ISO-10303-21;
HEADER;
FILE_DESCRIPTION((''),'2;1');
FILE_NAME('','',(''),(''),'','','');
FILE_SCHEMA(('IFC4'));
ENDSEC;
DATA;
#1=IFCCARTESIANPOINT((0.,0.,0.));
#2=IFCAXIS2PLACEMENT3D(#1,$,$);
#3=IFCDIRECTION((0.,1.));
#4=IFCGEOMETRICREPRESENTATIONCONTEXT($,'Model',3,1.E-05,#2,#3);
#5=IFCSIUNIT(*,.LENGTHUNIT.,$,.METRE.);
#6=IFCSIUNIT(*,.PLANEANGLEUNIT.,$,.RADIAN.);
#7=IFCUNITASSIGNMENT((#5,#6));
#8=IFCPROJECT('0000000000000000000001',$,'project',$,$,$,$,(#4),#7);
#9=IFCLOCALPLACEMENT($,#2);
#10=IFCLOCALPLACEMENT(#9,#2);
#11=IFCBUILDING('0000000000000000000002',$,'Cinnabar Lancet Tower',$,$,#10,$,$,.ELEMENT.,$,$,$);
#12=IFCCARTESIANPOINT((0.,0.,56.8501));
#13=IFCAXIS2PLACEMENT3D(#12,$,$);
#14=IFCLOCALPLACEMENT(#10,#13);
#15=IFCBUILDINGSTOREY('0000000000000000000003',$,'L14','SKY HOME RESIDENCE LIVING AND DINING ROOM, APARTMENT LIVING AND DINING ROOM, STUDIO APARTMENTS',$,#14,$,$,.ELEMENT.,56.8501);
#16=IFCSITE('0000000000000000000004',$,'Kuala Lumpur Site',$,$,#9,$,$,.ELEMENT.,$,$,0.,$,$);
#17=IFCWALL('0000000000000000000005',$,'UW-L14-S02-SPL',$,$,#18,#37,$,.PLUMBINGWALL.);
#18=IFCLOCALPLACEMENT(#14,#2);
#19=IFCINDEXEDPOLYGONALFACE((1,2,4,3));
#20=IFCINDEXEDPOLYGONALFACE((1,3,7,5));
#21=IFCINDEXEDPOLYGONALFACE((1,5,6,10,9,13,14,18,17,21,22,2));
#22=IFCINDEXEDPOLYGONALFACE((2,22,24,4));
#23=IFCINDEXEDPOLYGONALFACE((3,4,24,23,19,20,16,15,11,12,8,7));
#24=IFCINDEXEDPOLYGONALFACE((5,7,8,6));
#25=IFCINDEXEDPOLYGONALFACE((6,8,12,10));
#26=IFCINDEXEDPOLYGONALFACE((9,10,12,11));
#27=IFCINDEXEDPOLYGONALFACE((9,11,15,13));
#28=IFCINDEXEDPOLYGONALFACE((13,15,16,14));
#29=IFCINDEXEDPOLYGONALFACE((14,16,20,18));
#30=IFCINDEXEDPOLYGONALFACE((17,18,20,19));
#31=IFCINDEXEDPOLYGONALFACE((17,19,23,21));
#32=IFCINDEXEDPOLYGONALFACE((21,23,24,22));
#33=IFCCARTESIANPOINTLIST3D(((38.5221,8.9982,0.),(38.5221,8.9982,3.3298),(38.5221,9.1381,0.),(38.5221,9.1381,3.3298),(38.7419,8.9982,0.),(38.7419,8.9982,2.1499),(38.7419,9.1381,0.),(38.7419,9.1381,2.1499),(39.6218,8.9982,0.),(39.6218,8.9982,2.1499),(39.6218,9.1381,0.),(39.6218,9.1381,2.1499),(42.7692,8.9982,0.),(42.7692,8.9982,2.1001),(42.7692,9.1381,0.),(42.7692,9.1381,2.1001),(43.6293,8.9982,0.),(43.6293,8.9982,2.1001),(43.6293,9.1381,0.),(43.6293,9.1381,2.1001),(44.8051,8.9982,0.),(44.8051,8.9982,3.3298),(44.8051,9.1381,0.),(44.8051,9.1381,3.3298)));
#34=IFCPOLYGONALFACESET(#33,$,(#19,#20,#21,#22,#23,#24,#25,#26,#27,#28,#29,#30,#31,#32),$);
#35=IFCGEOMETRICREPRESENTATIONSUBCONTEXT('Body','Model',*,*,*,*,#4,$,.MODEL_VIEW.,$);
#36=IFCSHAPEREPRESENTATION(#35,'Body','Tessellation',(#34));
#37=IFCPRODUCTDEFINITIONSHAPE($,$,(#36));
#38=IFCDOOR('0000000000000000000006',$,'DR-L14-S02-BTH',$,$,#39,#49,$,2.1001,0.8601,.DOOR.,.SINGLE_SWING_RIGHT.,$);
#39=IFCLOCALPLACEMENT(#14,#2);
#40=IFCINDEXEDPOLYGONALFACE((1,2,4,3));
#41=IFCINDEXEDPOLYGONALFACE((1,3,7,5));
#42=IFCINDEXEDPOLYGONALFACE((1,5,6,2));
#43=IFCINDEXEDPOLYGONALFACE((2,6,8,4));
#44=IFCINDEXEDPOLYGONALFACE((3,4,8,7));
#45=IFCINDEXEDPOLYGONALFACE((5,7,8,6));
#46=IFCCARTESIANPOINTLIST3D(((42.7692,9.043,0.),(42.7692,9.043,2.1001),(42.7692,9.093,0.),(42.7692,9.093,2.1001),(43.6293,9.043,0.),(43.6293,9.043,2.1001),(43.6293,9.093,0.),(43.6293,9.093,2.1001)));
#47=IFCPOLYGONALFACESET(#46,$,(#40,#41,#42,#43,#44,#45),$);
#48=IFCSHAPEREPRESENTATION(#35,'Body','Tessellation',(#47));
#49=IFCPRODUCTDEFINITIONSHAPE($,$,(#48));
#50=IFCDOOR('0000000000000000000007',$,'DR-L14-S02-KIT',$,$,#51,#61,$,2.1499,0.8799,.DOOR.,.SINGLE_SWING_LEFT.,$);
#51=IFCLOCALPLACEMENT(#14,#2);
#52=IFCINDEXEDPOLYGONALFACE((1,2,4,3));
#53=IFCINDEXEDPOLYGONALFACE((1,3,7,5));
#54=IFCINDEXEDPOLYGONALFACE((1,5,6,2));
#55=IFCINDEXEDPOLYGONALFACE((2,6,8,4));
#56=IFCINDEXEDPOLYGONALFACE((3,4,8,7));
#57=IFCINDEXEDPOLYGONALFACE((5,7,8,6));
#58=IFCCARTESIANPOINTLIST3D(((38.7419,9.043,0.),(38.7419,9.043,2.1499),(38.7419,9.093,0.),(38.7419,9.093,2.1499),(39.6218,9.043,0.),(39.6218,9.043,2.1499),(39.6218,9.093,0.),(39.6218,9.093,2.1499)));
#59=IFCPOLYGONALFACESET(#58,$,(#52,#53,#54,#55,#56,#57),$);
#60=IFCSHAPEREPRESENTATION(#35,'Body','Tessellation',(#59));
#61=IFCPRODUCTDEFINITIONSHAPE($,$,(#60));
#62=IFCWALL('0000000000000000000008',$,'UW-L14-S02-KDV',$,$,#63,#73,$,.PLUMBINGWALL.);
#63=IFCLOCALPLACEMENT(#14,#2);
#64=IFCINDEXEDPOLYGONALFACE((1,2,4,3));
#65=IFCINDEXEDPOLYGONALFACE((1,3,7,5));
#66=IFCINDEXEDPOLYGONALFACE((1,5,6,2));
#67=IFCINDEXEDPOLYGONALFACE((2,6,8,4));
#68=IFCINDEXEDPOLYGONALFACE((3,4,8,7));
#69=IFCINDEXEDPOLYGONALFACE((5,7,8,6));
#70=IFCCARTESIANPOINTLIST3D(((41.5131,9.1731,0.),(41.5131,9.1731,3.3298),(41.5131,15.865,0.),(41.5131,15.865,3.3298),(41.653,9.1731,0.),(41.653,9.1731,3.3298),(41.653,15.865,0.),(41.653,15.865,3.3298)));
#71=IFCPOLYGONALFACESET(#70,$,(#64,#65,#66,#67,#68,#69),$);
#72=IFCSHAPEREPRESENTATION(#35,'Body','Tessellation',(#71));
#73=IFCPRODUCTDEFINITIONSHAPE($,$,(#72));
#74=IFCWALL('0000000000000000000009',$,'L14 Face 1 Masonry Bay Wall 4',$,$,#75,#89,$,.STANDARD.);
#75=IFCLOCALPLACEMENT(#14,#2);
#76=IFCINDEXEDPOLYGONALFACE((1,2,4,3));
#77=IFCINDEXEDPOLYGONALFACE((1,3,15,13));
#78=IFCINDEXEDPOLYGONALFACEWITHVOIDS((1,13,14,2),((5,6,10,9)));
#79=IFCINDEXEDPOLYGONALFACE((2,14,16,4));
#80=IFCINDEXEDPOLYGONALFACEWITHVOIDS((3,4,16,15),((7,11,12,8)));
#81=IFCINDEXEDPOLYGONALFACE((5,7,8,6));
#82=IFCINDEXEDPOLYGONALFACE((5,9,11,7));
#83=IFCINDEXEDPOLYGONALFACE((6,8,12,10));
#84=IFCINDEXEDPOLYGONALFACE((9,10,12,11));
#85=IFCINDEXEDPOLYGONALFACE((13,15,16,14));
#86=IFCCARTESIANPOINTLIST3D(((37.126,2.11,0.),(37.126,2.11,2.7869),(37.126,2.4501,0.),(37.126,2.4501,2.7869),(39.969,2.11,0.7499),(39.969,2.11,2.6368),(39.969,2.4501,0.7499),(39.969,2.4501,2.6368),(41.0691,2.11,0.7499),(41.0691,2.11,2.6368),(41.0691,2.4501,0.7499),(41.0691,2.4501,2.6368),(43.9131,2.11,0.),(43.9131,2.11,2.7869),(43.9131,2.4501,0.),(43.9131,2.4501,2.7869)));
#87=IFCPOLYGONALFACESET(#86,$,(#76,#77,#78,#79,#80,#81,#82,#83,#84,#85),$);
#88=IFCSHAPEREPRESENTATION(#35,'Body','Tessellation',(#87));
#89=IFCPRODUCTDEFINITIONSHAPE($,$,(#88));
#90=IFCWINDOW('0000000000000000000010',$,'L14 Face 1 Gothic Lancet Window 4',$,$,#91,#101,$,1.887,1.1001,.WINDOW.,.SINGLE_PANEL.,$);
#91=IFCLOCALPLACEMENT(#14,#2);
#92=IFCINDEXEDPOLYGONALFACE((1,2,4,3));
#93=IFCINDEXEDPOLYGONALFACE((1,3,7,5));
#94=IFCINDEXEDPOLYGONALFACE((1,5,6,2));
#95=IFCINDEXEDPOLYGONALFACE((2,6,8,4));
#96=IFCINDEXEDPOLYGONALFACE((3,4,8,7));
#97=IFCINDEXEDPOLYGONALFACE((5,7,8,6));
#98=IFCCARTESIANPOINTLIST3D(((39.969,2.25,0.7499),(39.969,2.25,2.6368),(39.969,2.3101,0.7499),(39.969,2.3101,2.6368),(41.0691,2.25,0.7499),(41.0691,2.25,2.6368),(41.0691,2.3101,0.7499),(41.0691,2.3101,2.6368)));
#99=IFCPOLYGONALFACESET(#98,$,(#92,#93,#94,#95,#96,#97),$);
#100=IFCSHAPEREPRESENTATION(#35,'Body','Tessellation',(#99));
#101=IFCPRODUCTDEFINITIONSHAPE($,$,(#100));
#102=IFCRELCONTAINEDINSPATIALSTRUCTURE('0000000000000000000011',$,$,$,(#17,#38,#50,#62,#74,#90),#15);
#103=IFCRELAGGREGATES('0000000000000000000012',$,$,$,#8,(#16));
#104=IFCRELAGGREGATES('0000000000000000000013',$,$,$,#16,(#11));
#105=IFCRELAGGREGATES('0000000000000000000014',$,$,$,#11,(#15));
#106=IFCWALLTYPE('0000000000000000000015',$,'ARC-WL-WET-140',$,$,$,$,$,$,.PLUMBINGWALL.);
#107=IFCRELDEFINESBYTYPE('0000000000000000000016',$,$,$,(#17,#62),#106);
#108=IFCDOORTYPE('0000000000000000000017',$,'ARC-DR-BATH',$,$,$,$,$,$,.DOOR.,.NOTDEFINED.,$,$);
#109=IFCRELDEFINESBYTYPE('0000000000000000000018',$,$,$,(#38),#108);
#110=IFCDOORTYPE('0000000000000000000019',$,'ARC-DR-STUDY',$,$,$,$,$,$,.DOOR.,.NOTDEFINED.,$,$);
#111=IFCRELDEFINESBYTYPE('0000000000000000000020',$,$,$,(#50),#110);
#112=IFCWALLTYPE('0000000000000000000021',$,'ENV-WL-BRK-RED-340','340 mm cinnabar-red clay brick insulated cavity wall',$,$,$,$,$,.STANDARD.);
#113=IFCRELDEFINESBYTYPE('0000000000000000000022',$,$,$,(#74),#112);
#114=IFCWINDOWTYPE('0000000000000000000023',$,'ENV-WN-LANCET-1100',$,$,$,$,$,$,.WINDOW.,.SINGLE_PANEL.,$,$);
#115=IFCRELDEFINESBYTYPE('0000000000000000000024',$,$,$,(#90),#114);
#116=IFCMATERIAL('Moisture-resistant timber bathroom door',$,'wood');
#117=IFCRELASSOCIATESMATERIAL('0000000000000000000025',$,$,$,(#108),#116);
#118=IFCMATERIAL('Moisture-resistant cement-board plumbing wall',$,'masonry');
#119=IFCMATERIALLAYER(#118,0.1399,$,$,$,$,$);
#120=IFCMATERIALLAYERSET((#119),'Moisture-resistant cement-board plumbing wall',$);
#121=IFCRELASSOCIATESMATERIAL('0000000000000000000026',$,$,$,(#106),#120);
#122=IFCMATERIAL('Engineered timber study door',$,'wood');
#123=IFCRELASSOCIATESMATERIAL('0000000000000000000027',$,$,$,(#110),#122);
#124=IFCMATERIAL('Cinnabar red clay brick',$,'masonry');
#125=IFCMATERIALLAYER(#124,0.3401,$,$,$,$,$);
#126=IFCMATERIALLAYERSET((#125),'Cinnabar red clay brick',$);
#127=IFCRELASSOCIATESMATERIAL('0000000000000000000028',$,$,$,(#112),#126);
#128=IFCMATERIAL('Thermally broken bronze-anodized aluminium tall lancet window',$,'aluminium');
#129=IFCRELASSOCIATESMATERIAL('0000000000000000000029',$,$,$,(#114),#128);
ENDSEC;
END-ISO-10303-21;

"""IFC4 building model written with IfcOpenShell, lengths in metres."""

from ifc_helpers import new_model, si_unit, direction, frame, frame_2d, origin, place, context, subcontext, project, spatial, rectangle, extrude, material, layer, layer_set, type_object, element, fill, save


model = new_model("IFC4")

# Units and contexts
model_context = context("Model", 3, precision=1e-05, world=origin(), true_north=direction((0.0, 1.0)))
body_context = subcontext(model_context, "Body", "Model", "MODEL_VIEW")
ifc_project = project(units=[si_unit("LENGTHUNIT", "METRE"), si_unit("PLANEANGLEUNIT", "RADIAN")], contexts=[model_context])

# Site, building, storey
site_placement = place(None, origin())
site = spatial("IfcSite", under=ifc_project, at=site_placement, Name="Kuala Lumpur Site", CompositionType="ELEMENT", RefElevation=0.0)
building_placement = place(site_placement, origin())
building = spatial("IfcBuilding", under=site, at=building_placement, Name="Cinnabar Lancet Tower", CompositionType="ELEMENT")
storey_placement = place(building_placement, frame((0.0, 0.0, 56.8501)))
storey = spatial("IfcBuildingStorey", under=building, at=storey_placement, Name="L14", Description="SKY HOME RESIDENCE LIVING AND DINING ROOM, APARTMENT LIVING AND DINING ROOM, STUDIO APARTMENTS", CompositionType="ELEMENT", Elevation=56.8501)

# Shared definitions
ifc_material_1 = material(Name="Moisture-resistant timber bathroom door", Category="wood")
door_type_1 = type_object("IfcDoorType", Name="ARC-DR-BATH", OperationType="NOTDEFINED", PredefinedType="DOOR", material=ifc_material_1)

# Shared definitions
ifc_material_2 = material(Name="Moisture-resistant cement-board plumbing wall", Category="masonry")
ifc_layer_1 = layer(ifc_material_2, 0.1399)
ifc_layer_set_1 = layer_set([ifc_layer_1], Name="Moisture-resistant cement-board plumbing wall")
wall_type_1 = type_object("IfcWallType", Name="ARC-WL-WET-140", PredefinedType="PLUMBINGWALL", material=ifc_layer_set_1)

# Wall, openings, doors
wall_1_placement = place(storey_placement, frame((38.522, 9.0681, 0.0), z_axis=(0.0, 0.0, 1.0), x_axis=(1.0, 0.0, 0.0)))
wall_1 = element("IfcWall", 1, at=wall_1_placement, inside=storey, type_object=wall_type_1, Name="UW-L14-S02-SPL", PredefinedType="PLUMBINGWALL", context=body_context, shape_type="SweptSolid", body=[
    extrude(rectangle(XDim=6.283, YDim=0.1399, at=frame_2d((3.1416, 0.0))), origin(), (0.0, 0.0, 1.0), 3.3298),
])
opening_1_placement = place(wall_1_placement, frame((4.2471, 0.0, 0.0)))
opening_1 = element("IfcOpeningElement", 2, at=opening_1_placement, cuts=wall_1, PredefinedType="OPENING", context=body_context, shape_type="SweptSolid", body=[
    extrude(rectangle(XDim=0.8601, YDim=2.1001, at=frame_2d((0.4302, 1.05))), frame((0.0, 0.0798, 0.0), z_axis=(0.0, -1.0, 0.0), x_axis=(1.0, 0.0, 0.0)), (0.0, 0.0, 1.0), 0.1599),
])
opening_2_placement = place(wall_1_placement, frame((0.22, 0.0, 0.0)))
opening_2 = element("IfcOpeningElement", 3, at=opening_2_placement, cuts=wall_1, PredefinedType="OPENING", context=body_context, shape_type="SweptSolid", body=[
    extrude(rectangle(XDim=0.8799, YDim=2.1499, at=frame_2d((0.4399, 1.075))), frame((0.0, 0.0798, 0.0), z_axis=(0.0, -1.0, 0.0), x_axis=(1.0, 0.0, 0.0)), (0.0, 0.0, 1.0), 0.1599),
])
door_1_placement = place(opening_1_placement, origin())
door_1 = element("IfcDoor", 4, at=door_1_placement, inside=storey, type_object=door_type_1, Name="DR-L14-S02-BTH", OperationType="SINGLE_SWING_RIGHT", OverallHeight=2.1001, OverallWidth=0.8601, PredefinedType="DOOR", context=body_context, shape_type="SweptSolid", body=[
    extrude(rectangle(XDim=0.8601, YDim=2.1001, at=frame_2d((0.4302, 1.05))), frame((0.0, 0.0249, 0.0), z_axis=(0.0, -1.0, 0.0), x_axis=(1.0, 0.0, 0.0)), (0.0, 0.0, 1.0), 0.05),
])
fill(opening_1, door_1)
ifc_material_3 = material(Name="Engineered timber study door", Category="wood")
door_type_2 = type_object("IfcDoorType", Name="ARC-DR-STUDY", OperationType="NOTDEFINED", PredefinedType="DOOR", material=ifc_material_3)
door_2_placement = place(opening_2_placement, origin())
door_2 = element("IfcDoor", 5, at=door_2_placement, inside=storey, type_object=door_type_2, Name="DR-L14-S02-KIT", OperationType="SINGLE_SWING_LEFT", OverallHeight=2.1499, OverallWidth=0.8799, PredefinedType="DOOR", context=body_context, shape_type="SweptSolid", body=[
    extrude(rectangle(XDim=0.8799, YDim=2.1499, at=frame_2d((0.4399, 1.075))), frame((0.0, 0.0249, 0.0), z_axis=(0.0, -1.0, 0.0), x_axis=(1.0, 0.0, 0.0)), (0.0, 0.0, 1.0), 0.05),
])
fill(opening_2, door_2)

# Wall
wall_2_placement = place(storey_placement, frame((41.583, 9.1731, 0.0), z_axis=(0.0, 0.0, 1.0), x_axis=(0.0, 1.0, 0.0)))
element("IfcWall", 6, at=wall_2_placement, inside=storey, type_object=wall_type_1, Name="UW-L14-S02-KDV", PredefinedType="PLUMBINGWALL", context=body_context, shape_type="SweptSolid", body=[
    extrude(rectangle(XDim=6.6919, YDim=0.1399, at=frame_2d((3.3459, 0.0))), origin(), (0.0, 0.0, 1.0), 3.3298),
])

# Wall, opening, window
ifc_material_4 = material(Name="Cinnabar red clay brick", Category="masonry")
ifc_layer_2 = layer(ifc_material_4, 0.3401)
ifc_layer_set_2 = layer_set([ifc_layer_2], Name="Cinnabar red clay brick")
wall_type_2 = type_object("IfcWallType", Name="ENV-WL-BRK-RED-340", Description="340 mm cinnabar-red clay brick insulated cavity wall", PredefinedType="STANDARD", material=ifc_layer_set_2)
wall_3_placement = place(storey_placement, frame((37.126, 2.28, 0.0), z_axis=(0.0, 0.0, 1.0), x_axis=(1.0, 0.0, 0.0)))
wall_3 = element("IfcWall", 7, at=wall_3_placement, inside=storey, type_object=wall_type_2, Name="L14 Face 1 Masonry Bay Wall 4", PredefinedType="STANDARD", context=body_context, shape_type="SweptSolid", body=[
    extrude(rectangle(XDim=6.7871, YDim=0.3401, at=frame_2d((3.3936, 0.0))), origin(), (0.0, 0.0, 1.0), 2.7869),
])
opening_3_placement = place(wall_3_placement, frame((2.843, 0.0, 0.75)))
opening_3 = element("IfcOpeningElement", 8, at=opening_3_placement, cuts=wall_3, PredefinedType="OPENING", context=body_context, shape_type="SweptSolid", body=[
    extrude(rectangle(XDim=1.1001, YDim=1.887, at=frame_2d((0.55, 0.9434))), frame((0.0, 0.1799, 0.0), z_axis=(0.0, -1.0, 0.0), x_axis=(1.0, 0.0, 0.0)), (0.0, 0.0, 1.0), 0.3601),
])
ifc_material_5 = material(Name="Thermally broken bronze-anodized aluminium tall lancet window", Category="aluminium")
window_type = type_object("IfcWindowType", Name="ENV-WN-LANCET-1100", PartitioningType="SINGLE_PANEL", PredefinedType="WINDOW", material=ifc_material_5)
window_placement = place(opening_3_placement, origin())
window = element("IfcWindow", 9, at=window_placement, inside=storey, type_object=window_type, Name="L14 Face 1 Gothic Lancet Window 4", OverallHeight=1.887, OverallWidth=1.1001, PartitioningType="SINGLE_PANEL", PredefinedType="WINDOW", context=body_context, shape_type="SweptSolid", body=[
    extrude(rectangle(XDim=1.1001, YDim=1.887, at=frame_2d((0.55, 0.9434))), frame((0.0, 0.03, 0.0), z_axis=(0.0, -1.0, 0.0), x_axis=(1.0, 0.0, 0.0)), (0.0, 0.0, 1.0), 0.0601),
])
fill(opening_3, window)

save(model, "model.ifc")
